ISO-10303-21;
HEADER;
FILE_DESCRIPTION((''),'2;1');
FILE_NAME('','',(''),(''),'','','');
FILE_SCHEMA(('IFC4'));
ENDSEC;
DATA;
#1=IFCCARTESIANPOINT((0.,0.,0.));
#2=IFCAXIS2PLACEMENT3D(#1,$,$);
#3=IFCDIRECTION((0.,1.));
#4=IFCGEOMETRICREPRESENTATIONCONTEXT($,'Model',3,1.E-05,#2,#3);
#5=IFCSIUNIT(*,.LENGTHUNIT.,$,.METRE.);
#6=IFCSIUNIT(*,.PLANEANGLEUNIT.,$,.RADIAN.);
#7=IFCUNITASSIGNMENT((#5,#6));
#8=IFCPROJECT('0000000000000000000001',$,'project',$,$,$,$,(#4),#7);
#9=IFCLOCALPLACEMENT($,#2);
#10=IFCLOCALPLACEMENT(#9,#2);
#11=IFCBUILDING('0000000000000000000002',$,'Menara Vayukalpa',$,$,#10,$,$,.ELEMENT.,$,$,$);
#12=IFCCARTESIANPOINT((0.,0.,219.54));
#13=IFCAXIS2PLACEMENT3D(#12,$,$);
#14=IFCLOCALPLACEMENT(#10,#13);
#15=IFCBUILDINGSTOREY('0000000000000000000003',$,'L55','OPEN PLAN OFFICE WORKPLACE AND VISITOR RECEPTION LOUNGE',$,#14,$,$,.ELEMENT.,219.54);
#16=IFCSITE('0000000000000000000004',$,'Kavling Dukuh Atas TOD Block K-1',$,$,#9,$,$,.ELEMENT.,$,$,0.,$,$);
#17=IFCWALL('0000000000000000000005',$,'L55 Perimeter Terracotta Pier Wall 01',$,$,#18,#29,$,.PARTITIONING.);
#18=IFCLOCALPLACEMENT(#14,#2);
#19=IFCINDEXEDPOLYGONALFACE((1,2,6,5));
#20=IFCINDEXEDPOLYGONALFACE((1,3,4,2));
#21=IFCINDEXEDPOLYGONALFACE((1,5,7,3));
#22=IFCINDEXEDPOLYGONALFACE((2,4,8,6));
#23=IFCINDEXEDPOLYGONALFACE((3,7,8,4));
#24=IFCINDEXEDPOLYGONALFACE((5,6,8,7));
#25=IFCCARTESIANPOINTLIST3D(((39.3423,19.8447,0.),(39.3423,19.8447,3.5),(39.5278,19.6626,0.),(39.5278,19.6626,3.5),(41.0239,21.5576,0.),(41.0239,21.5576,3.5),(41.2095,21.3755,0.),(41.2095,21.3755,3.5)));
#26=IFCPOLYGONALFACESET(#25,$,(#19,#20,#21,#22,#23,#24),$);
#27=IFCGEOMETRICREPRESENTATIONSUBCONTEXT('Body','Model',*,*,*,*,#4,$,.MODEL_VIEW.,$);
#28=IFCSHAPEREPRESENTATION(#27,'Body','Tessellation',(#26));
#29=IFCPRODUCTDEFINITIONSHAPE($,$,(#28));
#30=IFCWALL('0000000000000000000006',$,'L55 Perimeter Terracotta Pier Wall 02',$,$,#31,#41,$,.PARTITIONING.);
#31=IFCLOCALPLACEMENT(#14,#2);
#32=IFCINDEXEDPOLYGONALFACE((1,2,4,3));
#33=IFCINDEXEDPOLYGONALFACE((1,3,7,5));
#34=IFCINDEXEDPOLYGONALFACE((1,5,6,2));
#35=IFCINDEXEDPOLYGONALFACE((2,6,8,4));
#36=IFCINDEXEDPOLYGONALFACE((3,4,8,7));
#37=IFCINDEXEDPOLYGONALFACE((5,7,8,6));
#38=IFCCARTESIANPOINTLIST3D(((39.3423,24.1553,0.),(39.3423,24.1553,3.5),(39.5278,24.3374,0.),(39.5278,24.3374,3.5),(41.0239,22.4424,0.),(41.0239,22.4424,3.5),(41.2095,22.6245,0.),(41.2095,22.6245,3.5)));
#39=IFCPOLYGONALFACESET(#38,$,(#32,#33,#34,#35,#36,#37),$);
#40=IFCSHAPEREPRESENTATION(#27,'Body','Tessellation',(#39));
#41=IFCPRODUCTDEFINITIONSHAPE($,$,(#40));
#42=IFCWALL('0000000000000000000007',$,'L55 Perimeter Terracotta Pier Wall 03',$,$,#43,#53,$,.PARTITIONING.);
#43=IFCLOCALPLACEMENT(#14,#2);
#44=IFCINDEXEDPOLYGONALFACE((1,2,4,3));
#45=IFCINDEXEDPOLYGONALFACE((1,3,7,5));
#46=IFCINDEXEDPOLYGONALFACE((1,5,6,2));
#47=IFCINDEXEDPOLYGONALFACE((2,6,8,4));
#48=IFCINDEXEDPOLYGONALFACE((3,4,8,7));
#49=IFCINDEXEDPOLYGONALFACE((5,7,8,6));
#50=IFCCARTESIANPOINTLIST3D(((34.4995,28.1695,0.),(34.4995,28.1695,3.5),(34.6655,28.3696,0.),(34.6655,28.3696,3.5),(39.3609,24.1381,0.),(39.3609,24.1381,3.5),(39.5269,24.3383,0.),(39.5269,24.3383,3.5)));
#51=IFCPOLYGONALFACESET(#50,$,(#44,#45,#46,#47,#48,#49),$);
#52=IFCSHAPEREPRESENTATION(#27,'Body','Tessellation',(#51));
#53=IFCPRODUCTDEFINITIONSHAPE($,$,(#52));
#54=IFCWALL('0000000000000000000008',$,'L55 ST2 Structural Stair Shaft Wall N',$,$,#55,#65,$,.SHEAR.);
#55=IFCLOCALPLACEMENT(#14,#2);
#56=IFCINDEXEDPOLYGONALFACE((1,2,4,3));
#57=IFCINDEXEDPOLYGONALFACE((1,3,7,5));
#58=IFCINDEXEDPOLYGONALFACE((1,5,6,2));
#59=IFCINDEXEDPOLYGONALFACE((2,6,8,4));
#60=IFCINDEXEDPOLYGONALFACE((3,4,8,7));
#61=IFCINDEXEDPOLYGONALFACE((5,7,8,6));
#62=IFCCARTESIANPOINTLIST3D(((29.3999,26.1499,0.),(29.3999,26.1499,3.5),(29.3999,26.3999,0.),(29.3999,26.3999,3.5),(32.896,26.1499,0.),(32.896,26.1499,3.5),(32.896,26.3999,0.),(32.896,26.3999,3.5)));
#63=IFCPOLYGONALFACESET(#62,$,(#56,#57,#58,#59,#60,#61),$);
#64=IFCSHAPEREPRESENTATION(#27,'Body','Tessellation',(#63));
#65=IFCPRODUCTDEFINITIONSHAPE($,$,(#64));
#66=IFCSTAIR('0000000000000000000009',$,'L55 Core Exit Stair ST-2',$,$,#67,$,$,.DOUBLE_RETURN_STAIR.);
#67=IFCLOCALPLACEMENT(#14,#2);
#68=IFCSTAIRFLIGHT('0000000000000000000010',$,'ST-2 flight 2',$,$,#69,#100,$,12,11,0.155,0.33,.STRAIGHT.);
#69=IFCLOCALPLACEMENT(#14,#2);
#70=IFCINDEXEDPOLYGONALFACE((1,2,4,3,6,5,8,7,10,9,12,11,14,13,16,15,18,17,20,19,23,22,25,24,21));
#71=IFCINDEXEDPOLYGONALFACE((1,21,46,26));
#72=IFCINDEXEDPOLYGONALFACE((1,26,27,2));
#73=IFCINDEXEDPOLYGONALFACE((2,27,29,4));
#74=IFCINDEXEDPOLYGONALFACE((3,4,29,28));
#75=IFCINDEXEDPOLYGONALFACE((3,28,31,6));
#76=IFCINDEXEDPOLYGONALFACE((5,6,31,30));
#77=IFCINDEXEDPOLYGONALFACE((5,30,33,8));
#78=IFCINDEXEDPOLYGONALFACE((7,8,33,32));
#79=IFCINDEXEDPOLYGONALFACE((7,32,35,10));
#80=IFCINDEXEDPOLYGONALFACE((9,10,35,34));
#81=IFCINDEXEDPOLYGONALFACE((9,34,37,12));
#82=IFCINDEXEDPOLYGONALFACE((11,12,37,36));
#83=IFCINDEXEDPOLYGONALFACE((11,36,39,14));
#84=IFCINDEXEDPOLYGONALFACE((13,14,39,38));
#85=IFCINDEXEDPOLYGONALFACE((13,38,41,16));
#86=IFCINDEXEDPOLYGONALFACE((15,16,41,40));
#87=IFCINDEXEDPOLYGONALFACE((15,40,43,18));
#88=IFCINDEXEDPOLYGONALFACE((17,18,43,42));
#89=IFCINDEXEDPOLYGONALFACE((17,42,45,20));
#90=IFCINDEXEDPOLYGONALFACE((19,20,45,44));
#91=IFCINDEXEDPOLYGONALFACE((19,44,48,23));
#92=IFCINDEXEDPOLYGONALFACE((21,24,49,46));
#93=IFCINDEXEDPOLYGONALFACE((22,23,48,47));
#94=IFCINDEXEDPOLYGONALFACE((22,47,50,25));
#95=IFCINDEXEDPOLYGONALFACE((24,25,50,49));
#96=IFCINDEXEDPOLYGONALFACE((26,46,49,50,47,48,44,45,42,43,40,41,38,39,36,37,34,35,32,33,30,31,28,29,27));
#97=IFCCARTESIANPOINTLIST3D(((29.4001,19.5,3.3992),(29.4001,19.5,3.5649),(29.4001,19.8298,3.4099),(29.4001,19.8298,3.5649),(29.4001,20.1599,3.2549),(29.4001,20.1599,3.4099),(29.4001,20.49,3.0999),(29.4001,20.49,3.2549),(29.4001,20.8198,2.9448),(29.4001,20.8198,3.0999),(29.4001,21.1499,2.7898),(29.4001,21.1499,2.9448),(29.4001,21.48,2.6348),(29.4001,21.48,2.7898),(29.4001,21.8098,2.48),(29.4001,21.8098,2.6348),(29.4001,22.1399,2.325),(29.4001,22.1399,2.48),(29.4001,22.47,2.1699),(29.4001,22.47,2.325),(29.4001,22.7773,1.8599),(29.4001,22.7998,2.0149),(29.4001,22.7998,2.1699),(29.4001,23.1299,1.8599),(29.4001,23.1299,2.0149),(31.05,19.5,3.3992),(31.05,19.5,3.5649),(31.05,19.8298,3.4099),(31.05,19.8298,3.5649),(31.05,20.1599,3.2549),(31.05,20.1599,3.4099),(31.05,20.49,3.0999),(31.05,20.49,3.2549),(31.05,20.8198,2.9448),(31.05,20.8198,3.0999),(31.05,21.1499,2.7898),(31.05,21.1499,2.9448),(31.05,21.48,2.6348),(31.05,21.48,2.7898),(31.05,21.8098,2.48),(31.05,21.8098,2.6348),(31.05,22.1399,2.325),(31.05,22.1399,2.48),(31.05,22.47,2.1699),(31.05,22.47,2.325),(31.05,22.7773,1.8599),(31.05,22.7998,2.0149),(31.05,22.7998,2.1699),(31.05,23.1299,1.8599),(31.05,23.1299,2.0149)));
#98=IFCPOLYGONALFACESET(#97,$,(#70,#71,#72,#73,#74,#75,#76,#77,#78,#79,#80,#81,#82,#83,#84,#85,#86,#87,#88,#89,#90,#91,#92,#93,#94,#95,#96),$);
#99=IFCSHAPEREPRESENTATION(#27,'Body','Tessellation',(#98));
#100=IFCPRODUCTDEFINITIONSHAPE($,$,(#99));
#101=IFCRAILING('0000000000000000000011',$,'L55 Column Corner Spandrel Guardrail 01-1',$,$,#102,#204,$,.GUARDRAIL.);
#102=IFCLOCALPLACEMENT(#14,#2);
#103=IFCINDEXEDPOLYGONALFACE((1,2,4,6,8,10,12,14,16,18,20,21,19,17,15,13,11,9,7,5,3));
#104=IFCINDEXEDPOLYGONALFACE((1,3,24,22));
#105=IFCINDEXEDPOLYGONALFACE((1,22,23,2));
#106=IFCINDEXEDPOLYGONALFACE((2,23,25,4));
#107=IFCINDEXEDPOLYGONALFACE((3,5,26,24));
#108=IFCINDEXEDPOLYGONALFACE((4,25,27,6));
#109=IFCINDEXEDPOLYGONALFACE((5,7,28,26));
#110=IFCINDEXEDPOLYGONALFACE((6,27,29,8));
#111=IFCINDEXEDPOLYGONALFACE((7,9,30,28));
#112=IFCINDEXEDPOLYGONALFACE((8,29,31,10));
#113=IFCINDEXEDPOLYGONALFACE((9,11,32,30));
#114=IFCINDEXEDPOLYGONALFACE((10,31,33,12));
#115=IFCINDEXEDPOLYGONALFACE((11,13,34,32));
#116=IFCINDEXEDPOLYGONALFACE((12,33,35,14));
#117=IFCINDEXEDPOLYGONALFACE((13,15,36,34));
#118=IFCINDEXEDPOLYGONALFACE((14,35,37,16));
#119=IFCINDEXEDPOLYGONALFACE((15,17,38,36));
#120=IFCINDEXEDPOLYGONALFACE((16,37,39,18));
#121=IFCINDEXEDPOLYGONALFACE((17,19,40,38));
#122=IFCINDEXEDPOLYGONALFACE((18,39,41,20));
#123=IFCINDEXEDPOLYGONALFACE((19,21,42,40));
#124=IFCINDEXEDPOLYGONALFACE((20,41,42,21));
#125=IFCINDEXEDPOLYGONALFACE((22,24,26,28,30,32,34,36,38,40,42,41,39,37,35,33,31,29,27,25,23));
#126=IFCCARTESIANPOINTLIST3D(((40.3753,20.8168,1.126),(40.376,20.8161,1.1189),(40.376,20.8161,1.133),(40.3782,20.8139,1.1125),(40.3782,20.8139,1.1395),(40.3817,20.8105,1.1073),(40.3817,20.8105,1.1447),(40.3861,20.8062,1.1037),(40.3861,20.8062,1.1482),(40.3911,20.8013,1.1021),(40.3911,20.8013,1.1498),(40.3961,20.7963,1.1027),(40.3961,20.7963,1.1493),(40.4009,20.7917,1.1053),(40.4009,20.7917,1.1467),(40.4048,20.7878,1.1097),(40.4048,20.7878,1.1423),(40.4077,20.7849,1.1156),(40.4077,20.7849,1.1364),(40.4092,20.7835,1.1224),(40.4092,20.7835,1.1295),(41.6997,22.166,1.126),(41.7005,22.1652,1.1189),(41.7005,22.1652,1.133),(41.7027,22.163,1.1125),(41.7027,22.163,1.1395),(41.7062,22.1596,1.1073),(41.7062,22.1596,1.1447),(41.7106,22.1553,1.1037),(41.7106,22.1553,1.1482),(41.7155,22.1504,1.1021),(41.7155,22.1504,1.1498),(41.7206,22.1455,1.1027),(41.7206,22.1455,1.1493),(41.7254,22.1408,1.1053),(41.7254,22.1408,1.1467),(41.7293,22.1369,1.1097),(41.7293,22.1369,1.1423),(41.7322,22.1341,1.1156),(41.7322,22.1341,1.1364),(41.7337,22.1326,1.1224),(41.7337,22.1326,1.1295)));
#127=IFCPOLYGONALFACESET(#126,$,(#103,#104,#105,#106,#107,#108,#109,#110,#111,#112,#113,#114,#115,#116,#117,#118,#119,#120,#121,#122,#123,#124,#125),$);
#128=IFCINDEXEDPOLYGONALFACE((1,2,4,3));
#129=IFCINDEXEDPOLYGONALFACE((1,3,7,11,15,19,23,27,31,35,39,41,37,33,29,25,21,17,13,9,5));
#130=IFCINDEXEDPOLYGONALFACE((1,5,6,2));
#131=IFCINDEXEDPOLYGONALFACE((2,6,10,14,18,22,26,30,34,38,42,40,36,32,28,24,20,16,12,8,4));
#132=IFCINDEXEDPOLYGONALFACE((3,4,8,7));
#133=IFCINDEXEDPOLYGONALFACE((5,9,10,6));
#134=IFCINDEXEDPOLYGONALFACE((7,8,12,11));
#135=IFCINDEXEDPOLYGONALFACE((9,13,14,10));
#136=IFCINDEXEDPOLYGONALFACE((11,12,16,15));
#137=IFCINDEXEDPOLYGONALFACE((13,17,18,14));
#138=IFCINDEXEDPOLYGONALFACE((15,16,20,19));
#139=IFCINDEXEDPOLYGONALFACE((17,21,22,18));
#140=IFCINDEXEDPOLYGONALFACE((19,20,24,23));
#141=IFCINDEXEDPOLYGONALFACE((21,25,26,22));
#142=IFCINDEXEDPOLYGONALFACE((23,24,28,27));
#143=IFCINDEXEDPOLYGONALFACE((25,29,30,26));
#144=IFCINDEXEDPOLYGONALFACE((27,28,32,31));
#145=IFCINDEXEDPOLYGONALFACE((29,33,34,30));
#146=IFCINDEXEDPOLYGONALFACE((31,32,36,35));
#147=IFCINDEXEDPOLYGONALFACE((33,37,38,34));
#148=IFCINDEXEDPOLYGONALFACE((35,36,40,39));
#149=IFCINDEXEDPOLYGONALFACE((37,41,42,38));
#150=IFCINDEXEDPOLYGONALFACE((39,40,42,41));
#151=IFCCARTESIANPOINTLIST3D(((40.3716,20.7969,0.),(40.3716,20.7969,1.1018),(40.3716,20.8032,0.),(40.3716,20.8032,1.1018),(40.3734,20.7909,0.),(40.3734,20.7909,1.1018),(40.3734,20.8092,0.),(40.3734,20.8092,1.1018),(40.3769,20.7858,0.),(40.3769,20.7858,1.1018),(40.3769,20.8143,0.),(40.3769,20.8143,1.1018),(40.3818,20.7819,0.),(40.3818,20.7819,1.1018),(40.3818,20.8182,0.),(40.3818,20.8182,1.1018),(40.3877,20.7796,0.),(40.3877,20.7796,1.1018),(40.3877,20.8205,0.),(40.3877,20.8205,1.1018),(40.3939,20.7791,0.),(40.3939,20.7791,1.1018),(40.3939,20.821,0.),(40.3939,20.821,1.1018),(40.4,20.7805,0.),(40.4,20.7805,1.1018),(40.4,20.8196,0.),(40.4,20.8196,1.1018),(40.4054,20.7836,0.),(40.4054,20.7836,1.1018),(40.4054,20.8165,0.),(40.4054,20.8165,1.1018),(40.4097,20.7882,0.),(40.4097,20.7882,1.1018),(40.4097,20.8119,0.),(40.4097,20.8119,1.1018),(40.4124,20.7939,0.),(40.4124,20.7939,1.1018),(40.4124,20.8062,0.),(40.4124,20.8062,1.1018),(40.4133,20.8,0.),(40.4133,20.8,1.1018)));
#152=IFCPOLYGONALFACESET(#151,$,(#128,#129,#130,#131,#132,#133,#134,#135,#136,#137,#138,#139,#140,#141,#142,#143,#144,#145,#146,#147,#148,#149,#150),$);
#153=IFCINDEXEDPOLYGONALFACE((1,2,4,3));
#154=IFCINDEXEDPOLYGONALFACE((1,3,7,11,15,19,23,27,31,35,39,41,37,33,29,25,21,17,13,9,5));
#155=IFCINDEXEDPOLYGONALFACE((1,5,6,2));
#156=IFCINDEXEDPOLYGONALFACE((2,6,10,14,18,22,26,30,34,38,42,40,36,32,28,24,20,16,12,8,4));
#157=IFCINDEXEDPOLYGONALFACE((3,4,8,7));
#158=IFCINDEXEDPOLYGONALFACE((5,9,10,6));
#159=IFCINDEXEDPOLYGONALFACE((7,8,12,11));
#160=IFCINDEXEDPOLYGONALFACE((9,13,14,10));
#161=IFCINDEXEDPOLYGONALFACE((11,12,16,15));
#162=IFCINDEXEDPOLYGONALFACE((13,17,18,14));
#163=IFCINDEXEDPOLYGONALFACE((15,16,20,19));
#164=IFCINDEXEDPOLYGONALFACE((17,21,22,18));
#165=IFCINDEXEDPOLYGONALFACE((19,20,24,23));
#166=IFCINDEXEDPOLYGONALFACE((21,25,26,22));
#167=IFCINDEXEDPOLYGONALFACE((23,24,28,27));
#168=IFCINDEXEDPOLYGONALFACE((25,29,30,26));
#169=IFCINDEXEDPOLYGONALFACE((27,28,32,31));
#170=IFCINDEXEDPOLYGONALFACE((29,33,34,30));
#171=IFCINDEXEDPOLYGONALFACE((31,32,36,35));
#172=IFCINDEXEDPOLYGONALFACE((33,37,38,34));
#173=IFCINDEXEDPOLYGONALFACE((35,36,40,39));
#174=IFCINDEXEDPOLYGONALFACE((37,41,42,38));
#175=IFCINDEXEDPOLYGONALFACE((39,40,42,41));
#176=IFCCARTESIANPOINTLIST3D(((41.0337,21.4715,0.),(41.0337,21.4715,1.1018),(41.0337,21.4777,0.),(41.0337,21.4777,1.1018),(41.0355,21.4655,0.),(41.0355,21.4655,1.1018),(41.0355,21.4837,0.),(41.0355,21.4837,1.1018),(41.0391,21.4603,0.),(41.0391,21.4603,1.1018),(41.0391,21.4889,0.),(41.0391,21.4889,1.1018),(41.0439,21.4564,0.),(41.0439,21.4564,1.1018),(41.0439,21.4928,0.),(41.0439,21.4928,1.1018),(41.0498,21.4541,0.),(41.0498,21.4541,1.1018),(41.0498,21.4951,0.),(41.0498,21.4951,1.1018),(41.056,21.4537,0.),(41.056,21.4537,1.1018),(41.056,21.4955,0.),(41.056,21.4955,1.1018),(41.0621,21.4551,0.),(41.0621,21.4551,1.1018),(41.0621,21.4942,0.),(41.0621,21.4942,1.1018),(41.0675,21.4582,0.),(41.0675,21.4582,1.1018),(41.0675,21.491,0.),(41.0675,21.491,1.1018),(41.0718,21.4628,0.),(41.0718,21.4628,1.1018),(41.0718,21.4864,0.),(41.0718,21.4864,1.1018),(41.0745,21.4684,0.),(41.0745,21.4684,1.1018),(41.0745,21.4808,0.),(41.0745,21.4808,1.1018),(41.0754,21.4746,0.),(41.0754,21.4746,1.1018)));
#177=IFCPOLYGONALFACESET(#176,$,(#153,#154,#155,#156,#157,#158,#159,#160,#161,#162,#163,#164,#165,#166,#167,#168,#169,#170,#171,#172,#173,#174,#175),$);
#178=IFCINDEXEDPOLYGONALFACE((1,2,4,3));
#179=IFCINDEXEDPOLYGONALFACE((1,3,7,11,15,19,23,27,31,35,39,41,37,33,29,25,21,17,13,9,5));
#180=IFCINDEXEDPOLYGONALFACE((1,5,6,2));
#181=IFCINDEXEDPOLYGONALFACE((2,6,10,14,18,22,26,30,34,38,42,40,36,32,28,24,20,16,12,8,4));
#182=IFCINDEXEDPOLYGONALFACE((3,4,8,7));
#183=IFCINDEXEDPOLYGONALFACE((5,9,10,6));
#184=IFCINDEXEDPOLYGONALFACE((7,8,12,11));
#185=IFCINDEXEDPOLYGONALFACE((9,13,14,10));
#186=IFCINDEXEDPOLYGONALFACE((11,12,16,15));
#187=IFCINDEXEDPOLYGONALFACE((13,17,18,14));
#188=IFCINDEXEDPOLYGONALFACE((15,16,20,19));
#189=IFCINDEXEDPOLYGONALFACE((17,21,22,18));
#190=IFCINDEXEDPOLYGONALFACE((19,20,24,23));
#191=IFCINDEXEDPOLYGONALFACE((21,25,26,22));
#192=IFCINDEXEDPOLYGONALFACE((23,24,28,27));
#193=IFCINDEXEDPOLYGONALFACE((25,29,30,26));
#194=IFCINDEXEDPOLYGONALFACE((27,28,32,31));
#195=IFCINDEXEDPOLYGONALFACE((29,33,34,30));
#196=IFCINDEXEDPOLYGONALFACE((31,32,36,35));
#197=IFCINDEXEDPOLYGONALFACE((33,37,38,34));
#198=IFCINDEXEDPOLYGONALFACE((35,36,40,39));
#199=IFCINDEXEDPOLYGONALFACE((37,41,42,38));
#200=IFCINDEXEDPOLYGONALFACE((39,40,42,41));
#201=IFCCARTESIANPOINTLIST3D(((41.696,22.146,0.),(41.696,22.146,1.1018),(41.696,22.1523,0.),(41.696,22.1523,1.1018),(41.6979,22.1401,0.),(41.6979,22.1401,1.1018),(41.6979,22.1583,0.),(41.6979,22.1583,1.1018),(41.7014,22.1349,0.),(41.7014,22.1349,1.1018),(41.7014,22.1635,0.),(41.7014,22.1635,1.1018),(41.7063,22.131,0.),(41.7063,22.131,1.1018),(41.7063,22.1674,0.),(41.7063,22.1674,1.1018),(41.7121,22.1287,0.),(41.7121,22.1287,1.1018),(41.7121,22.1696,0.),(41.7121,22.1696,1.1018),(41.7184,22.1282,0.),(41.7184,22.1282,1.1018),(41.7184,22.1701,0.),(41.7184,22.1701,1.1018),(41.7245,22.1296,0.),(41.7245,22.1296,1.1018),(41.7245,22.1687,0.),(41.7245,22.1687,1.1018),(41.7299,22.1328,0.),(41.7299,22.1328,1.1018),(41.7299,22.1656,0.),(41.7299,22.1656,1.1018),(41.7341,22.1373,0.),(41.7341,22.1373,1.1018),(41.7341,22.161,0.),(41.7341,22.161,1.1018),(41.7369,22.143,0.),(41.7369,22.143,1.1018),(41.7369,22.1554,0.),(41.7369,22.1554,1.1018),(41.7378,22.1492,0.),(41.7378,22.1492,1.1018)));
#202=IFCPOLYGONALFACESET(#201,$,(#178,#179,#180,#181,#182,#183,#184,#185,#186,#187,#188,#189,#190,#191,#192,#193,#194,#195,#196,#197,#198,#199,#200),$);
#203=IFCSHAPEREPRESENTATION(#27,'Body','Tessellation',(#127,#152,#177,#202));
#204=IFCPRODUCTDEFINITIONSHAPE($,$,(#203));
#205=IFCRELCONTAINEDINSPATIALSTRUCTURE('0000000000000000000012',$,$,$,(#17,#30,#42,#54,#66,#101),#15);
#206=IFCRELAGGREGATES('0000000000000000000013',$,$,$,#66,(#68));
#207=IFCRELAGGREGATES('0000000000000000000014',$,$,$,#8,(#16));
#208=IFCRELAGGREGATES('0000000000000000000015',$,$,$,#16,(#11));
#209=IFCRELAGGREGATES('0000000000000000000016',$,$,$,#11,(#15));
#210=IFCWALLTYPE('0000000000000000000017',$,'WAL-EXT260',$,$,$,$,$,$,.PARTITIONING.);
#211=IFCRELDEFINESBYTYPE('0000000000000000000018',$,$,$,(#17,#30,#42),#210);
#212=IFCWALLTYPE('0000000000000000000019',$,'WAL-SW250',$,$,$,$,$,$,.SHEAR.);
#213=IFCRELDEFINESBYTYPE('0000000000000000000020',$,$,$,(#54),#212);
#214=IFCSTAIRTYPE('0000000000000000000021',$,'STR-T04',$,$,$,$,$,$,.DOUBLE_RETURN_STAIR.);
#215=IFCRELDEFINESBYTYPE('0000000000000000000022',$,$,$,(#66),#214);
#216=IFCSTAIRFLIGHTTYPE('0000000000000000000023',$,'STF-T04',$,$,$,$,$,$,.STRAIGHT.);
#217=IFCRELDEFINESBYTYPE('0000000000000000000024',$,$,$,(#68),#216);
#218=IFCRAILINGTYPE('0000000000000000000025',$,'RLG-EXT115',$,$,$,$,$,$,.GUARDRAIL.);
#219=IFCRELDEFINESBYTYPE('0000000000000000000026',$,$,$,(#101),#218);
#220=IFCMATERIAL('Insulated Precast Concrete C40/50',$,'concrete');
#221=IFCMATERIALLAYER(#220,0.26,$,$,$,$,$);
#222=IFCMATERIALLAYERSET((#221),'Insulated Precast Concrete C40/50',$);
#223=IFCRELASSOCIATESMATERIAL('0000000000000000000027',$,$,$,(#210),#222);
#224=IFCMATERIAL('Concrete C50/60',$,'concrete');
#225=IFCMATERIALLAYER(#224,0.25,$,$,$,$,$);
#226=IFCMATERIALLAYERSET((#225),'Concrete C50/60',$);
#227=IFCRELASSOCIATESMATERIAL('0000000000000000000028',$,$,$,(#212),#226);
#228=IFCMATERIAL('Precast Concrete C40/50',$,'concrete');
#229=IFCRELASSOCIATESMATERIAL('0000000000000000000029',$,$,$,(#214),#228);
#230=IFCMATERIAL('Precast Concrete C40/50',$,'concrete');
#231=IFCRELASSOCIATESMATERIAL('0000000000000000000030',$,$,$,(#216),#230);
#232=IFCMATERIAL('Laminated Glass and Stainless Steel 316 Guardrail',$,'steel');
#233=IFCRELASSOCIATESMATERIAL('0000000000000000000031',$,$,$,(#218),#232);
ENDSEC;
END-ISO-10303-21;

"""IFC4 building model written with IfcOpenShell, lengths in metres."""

from ifc_helpers import new_model, si_unit, direction, frame, frame_2d, origin, origin_2d, place, context, subcontext, project, spatial, polyline, rectangle, circle, outline, extrude, material, layer, layer_set, type_object, element, aggregate, save


model = new_model("IFC4")

# Units and contexts
model_context = context("Model", 3, precision=1e-05, world=origin(), true_north=direction((0.0, 1.0)))
body_context = subcontext(model_context, "Body", "Model", "MODEL_VIEW")
ifc_project = project(units=[si_unit("LENGTHUNIT", "METRE"), si_unit("PLANEANGLEUNIT", "RADIAN")], contexts=[model_context])

# Site, building, storey
site_placement = place(None, origin())
site = spatial("IfcSite", under=ifc_project, at=site_placement, Name="Kavling Dukuh Atas TOD Block K-1", CompositionType="ELEMENT", RefElevation=0.0)
building_placement = place(site_placement, origin())
building = spatial("IfcBuilding", under=site, at=building_placement, Name="Menara Vayukalpa", CompositionType="ELEMENT")
storey_placement = place(building_placement, frame((0.0, 0.0, 219.54)))
storey = spatial("IfcBuildingStorey", under=building, at=storey_placement, Name="L55", Description="OPEN PLAN OFFICE WORKPLACE AND VISITOR RECEPTION LOUNGE", CompositionType="ELEMENT", Elevation=219.54)

# Walls
ifc_material_1 = material(Name="Insulated Precast Concrete C40/50", Category="concrete")
ifc_layer_1 = layer(ifc_material_1, 0.26)
ifc_layer_set_1 = layer_set([ifc_layer_1], Name="Insulated Precast Concrete C40/50")
wall_type_1 = type_object("IfcWallType", Name="WAL-EXT260", PredefinedType="PARTITIONING", material=ifc_layer_set_1)
for number, where, z_axis, x_axis, name in (
    (1, (41.1167, 21.4666, 0.0), (0.0, 0.0, 1.0), (-0.700567, -0.713586, 0.0), "L55 Perimeter Terracotta Pier Wall 01"),
    (2, (39.4351, 24.2463, 0.0), (0.0, 0.0, 1.0), (0.700567, -0.713586, 0.0), "L55 Perimeter Terracotta Pier Wall 02"),
):
    element("IfcWall", number, at=place(storey_placement, frame(where, z_axis=z_axis, x_axis=x_axis)), inside=storey, type_object=wall_type_1, Name=name, PredefinedType="PARTITIONING", context=body_context, shape_type="SweptSolid", body=[
        extrude(rectangle(XDim=2.4004, YDim=0.26, at=frame_2d((1.2002, 0.0))), origin(), (0.0, 0.0, 1.0), 3.5),
    ])
wall_1_placement = place(storey_placement, frame((34.5825, 28.2695, 0.0), z_axis=(0.0, 0.0, 1.0), x_axis=(0.769765, -0.638327, 0.0)))
element("IfcWall", 3, at=wall_1_placement, inside=storey, type_object=wall_type_1, Name="L55 Perimeter Terracotta Pier Wall 03", PredefinedType="PARTITIONING", context=body_context, shape_type="SweptSolid", body=[
    extrude(rectangle(XDim=6.3154, YDim=0.26, at=frame_2d((3.1577, 0.0))), origin(), (0.0, 0.0, 1.0), 3.5),
])
ifc_material_2 = material(Name="Concrete C50/60", Category="concrete")
ifc_layer_2 = layer(ifc_material_2, 0.25)
ifc_layer_set_2 = layer_set([ifc_layer_2], Name="Concrete C50/60")
wall_type_2 = type_object("IfcWallType", Name="WAL-SW250", PredefinedType="SHEAR", material=ifc_layer_set_2)
wall_2_placement = place(storey_placement, frame((29.3999, 26.2749, 0.0), z_axis=(0.0, 0.0, 1.0), x_axis=(1.0, 0.0, 0.0)))
element("IfcWall", 4, at=wall_2_placement, inside=storey, type_object=wall_type_2, Name="L55 ST2 Structural Stair Shaft Wall N", PredefinedType="SHEAR", context=body_context, shape_type="SweptSolid", body=[
    extrude(rectangle(XDim=3.4961, YDim=0.25, at=frame_2d((1.748, 0.0))), origin(), (0.0, 0.0, 1.0), 3.5),
])

# Stair, stair flight
ifc_material_3 = material(Name="Precast Concrete C40/50", Category="concrete")
stair_type = type_object("IfcStairType", Name="STR-T04", PredefinedType="DOUBLE_RETURN_STAIR", material=ifc_material_3)
stair_placement = place(storey_placement, origin())
stair = element("IfcStair", 5, at=stair_placement, inside=storey, type_object=stair_type, Name="L55 Core Exit Stair ST-2", PredefinedType="DOUBLE_RETURN_STAIR")
ifc_material_4 = material(Name="Precast Concrete C40/50", Category="concrete")
stair_flight_type = type_object("IfcStairFlightType", Name="STF-T04", PredefinedType="STRAIGHT", material=ifc_material_4)
stair_flight_placement = place(storey_placement, frame((30.2251, 23.1299, 1.8599), z_axis=(0.0, 0.0, 1.0), x_axis=(0.0, -1.0, 0.0)))
stair_flight = element("IfcStairFlight", 6, at=stair_flight_placement, type_object=stair_flight_type, Name="ST-2 flight 2", NumberOfRisers=12, NumberOfTreads=11, PredefinedType="STRAIGHT", RiserHeight=0.155, TreadLength=0.33, context=body_context, shape_type="SweptSolid", body=[
    extrude(outline(polyline([(0.0, 0.0), (0.0, 0.155), (0.3301, 0.155), (0.3301, 0.3101), (0.6599, 0.3101), (0.6599, 0.4651), (0.99, 0.4651), (0.99, 0.6201), (1.3201, 0.6201), (1.3201, 0.7749), (1.6499, 0.7749), (1.6499, 0.9299), (1.98, 0.9299), (1.98, 1.085), (2.3101, 1.085), (2.3101, 1.24), (2.6399, 1.24), (2.6399, 1.395), (2.97, 1.395), (2.97, 1.55), (3.3, 1.55), (3.3, 1.7051), (3.6299, 1.7051), (3.6299, 1.8601), (3.6299, 1.5393), (0.3525, 0.0), (0.0, 0.0)])), frame((0.0, 0.825, 0.0), z_axis=(0.0, -1.0, 0.0), x_axis=(1.0, 0.0, 0.0)), (0.0, 0.0, 1.0), 1.6499),
])
aggregate(stair, [stair_flight])

# Railing
ifc_material_5 = material(Name="Laminated Glass and Stainless Steel 316 Guardrail", Category="steel")
railing_type_1 = type_object("IfcRailingType", Name="RLG-EXT115", PredefinedType="GUARDRAIL", material=ifc_material_5)
railing_1_placement = place(storey_placement, frame((40.3923, 20.8, 0.0)))
element("IfcRailing", 7, at=railing_1_placement, inside=storey, type_object=railing_type_1, Name="L55 Column Corner Spandrel Guardrail 01-1", PredefinedType="GUARDRAIL", context=body_context, shape_type="SweptSolid", body=[
    extrude(circle(Radius=0.0239, at=origin_2d()), frame((0.0, 0.0, 1.126), z_axis=(0.700555, 0.713598, 0.0), x_axis=(-0.713598, 0.700555, 0.0)), (0.0, 0.0, 1.0), 1.8906),
    extrude(circle(Radius=0.021, at=origin_2d()), origin(), (0.0, 0.0, 1.0), 1.1018),
    extrude(circle(Radius=0.021, at=origin_2d()), frame((0.6621, 0.6746, 0.0)), (0.0, 0.0, 1.0), 1.1018),
    extrude(circle(Radius=0.021, at=origin_2d()), frame((1.3245, 1.3491, 0.0)), (0.0, 0.0, 1.0), 1.1018),
])

save(model, "model.ifc")
